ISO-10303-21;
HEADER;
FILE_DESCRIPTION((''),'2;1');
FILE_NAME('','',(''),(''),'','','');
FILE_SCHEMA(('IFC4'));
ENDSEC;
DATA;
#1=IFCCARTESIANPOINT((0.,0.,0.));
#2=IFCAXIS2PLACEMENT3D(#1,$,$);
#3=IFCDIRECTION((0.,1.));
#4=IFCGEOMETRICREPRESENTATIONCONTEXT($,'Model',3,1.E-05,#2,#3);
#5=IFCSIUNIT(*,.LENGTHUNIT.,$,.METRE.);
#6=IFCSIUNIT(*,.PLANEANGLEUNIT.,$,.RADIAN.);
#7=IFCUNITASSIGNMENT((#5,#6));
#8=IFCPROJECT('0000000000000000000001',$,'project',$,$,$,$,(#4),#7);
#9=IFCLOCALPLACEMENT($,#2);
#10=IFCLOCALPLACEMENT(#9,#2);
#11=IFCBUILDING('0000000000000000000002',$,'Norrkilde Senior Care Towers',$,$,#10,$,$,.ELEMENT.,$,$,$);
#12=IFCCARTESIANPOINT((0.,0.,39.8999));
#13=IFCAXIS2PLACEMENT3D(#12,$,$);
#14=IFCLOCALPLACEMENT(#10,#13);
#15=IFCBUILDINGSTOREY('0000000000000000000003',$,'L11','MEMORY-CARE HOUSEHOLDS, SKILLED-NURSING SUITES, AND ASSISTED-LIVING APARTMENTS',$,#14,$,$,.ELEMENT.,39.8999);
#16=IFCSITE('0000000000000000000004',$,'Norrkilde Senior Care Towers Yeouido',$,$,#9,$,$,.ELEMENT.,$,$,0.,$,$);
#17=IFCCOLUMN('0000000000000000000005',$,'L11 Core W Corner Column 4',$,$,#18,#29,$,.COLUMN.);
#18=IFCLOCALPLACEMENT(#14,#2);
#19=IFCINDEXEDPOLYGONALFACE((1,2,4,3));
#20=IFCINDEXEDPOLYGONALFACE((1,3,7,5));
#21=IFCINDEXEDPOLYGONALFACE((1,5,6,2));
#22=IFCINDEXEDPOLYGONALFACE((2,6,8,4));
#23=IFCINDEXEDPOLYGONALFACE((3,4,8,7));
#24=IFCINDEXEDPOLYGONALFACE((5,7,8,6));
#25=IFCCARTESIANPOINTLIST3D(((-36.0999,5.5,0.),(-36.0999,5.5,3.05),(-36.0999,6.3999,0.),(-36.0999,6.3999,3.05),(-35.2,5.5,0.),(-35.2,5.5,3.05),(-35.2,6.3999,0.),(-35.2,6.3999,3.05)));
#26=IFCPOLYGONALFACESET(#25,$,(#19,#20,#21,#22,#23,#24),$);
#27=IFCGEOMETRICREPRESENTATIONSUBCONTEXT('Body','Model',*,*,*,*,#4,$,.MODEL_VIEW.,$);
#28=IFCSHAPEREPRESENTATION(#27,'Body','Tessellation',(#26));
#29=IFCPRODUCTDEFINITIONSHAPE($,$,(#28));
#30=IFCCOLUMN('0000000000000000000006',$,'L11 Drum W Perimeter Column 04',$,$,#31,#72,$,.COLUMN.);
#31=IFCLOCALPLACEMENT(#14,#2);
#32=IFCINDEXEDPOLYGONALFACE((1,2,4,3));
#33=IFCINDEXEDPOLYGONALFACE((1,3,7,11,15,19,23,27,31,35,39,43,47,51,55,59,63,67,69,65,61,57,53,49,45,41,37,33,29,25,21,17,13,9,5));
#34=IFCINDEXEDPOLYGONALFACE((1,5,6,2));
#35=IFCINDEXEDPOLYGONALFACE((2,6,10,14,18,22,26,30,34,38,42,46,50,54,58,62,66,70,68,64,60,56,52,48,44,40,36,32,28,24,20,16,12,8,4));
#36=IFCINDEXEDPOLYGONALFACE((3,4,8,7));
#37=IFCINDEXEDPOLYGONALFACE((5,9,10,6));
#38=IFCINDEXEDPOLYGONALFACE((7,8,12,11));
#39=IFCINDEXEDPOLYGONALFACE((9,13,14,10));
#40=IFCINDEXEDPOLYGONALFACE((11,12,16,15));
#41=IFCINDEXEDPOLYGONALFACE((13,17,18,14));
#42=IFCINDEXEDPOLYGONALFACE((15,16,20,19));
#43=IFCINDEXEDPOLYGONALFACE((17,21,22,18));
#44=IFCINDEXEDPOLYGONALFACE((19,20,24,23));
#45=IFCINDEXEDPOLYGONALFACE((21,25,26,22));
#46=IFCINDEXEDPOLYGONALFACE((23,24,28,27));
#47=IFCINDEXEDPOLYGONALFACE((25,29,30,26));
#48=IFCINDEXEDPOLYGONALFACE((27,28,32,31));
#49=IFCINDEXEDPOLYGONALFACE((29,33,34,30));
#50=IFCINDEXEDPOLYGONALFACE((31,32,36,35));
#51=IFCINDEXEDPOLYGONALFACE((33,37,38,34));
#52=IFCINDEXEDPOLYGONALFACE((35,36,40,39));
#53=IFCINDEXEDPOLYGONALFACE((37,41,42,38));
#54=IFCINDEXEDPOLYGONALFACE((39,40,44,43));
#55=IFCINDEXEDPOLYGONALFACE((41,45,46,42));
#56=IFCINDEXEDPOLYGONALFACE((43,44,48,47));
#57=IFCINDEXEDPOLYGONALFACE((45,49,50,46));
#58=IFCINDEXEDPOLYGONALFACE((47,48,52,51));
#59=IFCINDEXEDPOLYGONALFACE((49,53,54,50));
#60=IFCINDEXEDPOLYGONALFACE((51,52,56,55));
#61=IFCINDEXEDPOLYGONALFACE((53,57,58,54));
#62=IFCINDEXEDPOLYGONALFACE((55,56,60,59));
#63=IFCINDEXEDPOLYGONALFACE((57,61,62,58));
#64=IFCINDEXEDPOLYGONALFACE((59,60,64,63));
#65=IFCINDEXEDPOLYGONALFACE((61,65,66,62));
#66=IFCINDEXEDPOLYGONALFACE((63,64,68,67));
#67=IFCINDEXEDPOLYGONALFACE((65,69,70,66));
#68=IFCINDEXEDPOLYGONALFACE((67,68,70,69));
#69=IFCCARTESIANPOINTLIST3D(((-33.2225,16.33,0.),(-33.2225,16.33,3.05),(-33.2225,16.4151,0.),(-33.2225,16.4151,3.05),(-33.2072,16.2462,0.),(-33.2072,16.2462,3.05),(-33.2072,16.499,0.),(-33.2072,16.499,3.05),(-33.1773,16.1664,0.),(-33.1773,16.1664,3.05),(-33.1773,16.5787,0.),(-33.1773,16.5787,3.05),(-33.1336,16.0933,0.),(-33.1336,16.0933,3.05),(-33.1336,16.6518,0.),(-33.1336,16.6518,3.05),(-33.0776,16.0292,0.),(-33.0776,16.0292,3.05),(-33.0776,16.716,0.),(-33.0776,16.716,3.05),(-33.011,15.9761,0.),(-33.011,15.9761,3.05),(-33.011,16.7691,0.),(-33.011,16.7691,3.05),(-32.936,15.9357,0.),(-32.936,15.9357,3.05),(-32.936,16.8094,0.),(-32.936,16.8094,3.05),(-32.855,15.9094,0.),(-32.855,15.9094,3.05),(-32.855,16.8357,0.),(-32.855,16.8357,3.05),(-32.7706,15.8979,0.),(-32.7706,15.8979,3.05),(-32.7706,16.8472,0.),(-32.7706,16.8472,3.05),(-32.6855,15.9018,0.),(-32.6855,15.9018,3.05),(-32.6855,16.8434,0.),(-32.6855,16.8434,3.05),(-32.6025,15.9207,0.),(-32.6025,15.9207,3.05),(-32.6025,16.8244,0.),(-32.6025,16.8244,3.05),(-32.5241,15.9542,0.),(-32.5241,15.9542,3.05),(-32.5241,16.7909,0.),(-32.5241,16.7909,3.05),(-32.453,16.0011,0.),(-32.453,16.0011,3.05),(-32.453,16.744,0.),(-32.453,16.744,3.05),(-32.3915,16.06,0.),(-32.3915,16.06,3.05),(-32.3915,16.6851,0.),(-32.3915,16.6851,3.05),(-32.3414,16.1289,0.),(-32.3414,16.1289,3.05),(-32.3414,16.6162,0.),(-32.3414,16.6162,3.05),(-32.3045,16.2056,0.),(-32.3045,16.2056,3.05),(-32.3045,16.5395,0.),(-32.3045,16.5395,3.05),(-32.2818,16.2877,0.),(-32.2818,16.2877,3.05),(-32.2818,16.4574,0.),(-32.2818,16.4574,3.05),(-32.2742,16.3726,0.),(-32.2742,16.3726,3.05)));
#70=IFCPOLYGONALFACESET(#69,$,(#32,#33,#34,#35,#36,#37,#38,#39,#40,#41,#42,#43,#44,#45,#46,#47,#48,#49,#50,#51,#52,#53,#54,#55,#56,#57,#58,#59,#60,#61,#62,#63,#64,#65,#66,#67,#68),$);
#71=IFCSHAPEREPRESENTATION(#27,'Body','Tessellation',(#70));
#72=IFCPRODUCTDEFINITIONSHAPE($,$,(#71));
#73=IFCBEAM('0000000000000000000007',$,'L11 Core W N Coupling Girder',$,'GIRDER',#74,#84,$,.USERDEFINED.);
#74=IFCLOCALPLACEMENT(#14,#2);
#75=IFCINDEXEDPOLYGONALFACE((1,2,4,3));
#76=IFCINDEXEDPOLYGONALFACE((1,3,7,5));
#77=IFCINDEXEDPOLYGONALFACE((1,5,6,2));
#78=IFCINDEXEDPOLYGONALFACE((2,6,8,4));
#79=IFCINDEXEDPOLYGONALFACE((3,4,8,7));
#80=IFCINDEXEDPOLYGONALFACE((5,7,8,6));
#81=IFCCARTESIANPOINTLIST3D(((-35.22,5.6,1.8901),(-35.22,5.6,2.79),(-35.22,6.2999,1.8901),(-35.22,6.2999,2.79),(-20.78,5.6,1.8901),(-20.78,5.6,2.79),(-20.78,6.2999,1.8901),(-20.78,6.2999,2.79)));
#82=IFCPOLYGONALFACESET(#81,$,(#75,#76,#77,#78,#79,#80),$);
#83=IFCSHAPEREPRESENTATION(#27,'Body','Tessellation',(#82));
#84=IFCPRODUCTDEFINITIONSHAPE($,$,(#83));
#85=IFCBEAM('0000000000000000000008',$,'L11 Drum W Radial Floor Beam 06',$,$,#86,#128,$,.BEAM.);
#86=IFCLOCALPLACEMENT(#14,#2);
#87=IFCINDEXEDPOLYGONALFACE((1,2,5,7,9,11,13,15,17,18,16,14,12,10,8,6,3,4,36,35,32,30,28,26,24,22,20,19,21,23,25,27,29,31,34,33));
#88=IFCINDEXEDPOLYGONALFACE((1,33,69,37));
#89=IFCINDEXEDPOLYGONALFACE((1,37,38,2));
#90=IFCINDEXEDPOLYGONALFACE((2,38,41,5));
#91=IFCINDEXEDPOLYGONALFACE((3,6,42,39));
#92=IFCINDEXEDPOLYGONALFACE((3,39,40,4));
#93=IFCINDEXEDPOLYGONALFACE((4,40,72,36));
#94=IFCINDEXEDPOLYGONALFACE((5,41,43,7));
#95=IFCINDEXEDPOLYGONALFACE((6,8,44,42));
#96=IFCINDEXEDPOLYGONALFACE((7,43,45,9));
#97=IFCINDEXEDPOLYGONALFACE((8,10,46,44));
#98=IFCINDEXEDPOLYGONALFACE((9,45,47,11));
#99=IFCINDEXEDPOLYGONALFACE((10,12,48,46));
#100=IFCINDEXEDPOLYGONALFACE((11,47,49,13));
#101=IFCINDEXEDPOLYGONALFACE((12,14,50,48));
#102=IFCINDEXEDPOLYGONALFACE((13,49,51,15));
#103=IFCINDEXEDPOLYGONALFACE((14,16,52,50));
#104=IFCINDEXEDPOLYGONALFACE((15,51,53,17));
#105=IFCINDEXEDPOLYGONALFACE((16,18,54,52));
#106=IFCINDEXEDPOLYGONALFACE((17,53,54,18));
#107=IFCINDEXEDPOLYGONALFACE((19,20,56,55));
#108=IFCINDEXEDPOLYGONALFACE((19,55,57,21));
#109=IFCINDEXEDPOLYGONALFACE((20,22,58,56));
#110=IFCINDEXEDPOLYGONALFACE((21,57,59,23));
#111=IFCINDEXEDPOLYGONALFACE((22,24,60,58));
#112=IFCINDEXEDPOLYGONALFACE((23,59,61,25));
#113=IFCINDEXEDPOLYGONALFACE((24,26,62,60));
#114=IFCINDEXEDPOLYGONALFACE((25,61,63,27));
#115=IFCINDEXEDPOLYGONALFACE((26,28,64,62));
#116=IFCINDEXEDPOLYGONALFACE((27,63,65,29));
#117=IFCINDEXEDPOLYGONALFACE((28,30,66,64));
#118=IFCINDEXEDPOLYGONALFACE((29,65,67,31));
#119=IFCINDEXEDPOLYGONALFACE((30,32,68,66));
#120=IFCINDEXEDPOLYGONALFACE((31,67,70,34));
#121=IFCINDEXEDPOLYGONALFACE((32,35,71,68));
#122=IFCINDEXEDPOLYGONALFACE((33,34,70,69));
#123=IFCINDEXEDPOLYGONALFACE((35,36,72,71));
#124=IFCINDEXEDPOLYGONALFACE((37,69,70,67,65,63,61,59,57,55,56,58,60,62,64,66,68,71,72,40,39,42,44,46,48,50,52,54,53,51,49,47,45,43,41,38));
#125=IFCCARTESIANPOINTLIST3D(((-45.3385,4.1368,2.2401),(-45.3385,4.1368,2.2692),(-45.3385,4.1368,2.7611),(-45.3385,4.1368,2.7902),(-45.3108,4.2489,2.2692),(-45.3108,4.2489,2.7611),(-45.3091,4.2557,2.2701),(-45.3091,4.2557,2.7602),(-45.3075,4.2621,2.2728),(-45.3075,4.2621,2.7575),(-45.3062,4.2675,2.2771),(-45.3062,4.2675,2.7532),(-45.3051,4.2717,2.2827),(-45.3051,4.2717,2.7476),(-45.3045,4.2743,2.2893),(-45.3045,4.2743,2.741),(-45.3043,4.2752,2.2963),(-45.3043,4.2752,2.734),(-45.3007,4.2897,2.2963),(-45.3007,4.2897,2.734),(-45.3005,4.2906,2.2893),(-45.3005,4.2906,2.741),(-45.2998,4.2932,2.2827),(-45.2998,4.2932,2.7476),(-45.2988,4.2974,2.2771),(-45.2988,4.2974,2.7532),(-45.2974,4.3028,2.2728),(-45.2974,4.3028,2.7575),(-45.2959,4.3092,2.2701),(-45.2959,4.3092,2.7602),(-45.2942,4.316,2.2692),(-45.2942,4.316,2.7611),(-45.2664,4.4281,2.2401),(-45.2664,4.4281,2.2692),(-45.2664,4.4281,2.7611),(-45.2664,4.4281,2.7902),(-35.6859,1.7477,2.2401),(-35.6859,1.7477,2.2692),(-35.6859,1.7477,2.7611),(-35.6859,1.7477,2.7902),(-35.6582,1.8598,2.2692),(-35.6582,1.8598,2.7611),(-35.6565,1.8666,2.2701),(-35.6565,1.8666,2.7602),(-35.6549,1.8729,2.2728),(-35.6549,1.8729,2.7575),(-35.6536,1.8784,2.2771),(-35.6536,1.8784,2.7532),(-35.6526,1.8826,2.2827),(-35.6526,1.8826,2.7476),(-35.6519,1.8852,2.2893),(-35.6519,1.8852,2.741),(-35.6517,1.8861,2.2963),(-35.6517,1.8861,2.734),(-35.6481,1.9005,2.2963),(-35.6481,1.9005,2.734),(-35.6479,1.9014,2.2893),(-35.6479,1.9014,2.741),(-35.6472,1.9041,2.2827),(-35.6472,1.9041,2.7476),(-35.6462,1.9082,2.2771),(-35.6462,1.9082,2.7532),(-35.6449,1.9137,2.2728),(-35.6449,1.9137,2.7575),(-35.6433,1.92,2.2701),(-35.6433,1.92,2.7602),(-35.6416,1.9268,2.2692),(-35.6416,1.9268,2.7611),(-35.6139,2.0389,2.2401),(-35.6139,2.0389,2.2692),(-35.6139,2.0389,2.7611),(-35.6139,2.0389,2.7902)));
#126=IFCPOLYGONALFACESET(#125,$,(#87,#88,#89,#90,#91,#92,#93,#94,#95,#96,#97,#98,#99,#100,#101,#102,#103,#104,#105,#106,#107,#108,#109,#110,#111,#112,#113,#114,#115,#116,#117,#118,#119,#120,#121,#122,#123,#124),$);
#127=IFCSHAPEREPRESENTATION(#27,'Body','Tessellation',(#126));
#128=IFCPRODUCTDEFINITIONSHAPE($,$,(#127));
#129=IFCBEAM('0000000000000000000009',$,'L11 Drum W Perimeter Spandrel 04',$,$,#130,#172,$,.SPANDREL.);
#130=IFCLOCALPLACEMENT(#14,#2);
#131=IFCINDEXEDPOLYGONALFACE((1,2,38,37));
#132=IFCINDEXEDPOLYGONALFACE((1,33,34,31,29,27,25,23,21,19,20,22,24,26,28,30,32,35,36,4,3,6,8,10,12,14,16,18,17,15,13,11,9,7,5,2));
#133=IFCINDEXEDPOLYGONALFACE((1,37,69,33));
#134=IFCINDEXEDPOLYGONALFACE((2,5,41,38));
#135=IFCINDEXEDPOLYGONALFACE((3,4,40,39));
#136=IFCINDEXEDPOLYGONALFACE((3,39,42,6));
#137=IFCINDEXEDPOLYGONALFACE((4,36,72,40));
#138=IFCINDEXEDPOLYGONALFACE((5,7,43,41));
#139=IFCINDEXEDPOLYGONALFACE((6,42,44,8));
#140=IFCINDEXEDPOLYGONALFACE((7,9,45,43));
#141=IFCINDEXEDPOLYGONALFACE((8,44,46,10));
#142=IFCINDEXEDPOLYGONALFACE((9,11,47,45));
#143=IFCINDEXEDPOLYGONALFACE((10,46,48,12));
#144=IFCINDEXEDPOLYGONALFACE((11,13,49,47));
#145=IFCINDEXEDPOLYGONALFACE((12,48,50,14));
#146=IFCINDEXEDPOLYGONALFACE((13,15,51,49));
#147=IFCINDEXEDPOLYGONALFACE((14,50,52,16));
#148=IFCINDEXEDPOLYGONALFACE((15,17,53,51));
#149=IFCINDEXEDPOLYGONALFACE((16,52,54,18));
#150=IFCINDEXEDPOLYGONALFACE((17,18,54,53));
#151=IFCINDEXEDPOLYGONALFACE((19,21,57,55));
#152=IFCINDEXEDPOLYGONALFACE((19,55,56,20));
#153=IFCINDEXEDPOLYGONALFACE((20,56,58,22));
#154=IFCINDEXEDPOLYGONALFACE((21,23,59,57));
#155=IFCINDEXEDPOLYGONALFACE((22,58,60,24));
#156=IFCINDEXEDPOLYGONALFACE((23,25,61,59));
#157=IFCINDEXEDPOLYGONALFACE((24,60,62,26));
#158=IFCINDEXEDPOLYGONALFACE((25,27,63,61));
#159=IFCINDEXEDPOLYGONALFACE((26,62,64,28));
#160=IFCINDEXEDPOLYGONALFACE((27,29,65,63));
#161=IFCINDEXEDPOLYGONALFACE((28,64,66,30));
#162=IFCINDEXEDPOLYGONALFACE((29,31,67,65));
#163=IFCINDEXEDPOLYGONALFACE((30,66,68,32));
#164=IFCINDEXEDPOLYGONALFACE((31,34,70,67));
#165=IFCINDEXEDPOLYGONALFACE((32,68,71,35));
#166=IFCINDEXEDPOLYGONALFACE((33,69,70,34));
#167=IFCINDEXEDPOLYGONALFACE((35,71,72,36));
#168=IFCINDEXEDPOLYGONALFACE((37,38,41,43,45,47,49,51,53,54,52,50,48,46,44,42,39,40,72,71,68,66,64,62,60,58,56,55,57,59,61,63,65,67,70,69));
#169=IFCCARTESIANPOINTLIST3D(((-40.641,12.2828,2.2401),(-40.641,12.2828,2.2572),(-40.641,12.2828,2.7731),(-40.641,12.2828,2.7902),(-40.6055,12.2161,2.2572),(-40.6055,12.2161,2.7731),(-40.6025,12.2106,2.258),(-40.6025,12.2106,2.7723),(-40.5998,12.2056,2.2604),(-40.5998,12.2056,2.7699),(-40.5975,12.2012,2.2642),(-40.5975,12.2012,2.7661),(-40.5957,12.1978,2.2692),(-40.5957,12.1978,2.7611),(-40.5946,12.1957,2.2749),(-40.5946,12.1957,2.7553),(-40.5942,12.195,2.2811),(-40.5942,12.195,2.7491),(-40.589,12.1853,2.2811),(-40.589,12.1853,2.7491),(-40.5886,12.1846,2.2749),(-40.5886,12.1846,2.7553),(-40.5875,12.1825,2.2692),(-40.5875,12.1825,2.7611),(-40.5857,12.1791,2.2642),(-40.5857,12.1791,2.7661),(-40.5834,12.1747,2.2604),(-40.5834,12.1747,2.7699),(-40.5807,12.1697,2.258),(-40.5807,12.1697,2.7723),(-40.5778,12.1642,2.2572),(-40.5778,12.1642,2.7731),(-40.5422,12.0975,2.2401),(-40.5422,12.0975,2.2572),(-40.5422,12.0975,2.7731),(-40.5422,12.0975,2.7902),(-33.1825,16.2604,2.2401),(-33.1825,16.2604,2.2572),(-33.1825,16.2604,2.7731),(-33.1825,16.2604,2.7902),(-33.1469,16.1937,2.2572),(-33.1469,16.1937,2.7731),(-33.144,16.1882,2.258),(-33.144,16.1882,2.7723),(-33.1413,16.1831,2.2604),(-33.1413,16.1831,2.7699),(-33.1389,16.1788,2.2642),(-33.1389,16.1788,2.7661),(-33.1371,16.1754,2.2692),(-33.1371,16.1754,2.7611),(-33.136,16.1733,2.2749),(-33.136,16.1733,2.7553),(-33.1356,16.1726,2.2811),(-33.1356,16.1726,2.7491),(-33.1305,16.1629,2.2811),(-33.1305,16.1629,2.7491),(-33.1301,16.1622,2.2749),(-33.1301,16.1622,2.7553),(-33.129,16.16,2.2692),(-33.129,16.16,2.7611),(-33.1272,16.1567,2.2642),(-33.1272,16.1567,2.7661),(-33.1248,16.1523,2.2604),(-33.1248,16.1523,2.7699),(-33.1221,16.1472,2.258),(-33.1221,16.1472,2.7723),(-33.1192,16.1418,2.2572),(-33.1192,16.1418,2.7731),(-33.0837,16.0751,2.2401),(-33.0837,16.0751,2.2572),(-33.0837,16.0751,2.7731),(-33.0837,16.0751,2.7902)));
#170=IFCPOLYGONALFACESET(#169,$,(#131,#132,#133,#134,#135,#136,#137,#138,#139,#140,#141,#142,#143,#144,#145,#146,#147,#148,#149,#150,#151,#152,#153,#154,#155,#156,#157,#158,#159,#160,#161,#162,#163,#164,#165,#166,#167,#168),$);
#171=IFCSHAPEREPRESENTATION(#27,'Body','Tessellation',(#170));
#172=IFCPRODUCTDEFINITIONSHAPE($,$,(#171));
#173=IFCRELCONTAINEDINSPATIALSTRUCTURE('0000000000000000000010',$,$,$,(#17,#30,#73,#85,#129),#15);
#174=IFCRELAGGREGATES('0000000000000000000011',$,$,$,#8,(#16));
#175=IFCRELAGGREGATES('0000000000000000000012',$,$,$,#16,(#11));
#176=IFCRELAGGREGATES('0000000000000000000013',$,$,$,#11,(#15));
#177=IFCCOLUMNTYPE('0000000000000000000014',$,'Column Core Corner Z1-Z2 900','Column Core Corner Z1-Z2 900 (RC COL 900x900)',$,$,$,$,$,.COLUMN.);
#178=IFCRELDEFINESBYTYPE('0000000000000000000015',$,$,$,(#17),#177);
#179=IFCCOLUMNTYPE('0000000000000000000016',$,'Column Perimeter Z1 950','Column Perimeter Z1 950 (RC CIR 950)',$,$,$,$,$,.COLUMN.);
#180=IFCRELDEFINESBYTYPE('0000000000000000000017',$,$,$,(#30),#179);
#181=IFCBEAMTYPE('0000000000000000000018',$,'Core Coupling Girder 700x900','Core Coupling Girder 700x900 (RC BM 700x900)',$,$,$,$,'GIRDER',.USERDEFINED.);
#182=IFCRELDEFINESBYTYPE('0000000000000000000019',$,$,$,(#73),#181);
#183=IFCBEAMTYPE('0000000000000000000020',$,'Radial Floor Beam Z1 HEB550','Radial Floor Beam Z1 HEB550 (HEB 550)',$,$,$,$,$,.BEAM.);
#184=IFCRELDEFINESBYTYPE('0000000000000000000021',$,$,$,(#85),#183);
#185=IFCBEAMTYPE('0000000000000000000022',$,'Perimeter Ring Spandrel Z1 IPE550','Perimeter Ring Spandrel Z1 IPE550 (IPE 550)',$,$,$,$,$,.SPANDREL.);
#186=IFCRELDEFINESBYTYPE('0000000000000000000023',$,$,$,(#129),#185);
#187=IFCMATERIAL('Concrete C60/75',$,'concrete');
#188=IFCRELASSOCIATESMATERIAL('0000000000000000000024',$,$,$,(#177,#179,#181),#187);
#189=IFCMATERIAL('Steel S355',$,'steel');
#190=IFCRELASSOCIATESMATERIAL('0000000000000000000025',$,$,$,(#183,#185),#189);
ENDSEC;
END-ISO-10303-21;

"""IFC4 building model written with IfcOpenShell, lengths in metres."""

from ifc_helpers import new_model, si_unit, direction, frame, origin, origin_2d, place, context, subcontext, project, spatial, rectangle, circle, i_section, extrude, source, transform, mapped, material, material_profile, profile_set, type_object, type_shapes, element, save


model = new_model("IFC4")

# Units and contexts
model_context = context("Model", 3, precision=1e-05, world=origin(), true_north=direction((0.0, 1.0)))
body_context = subcontext(model_context, "Body", "Model", "MODEL_VIEW")
ifc_project = project(units=[si_unit("LENGTHUNIT", "METRE"), si_unit("PLANEANGLEUNIT", "RADIAN")], contexts=[model_context])

# Site, building, storey
site_placement = place(None, origin())
site = spatial("IfcSite", under=ifc_project, at=site_placement, Name="Norrkilde Senior Care Towers Yeouido", CompositionType="ELEMENT", RefElevation=0.0)
building_placement = place(site_placement, origin())
building = spatial("IfcBuilding", under=site, at=building_placement, Name="Norrkilde Senior Care Towers", CompositionType="ELEMENT")
storey_placement = place(building_placement, frame((0.0, 0.0, 39.8999)))
storey = spatial("IfcBuildingStorey", under=building, at=storey_placement, Name="L11", Description="MEMORY-CARE HOUSEHOLDS, SKILLED-NURSING SUITES, AND ASSISTED-LIVING APARTMENTS", CompositionType="ELEMENT", Elevation=39.8999)

# Columns
ifc_material_1 = material(Name="Concrete C60/75", Category="concrete")
ifc_material_profile_1 = material_profile(ifc_material_1, rectangle(XDim=0.8999, YDim=0.8999, at=origin_2d()), Name="RC COL 900x900")
ifc_profile_set_1 = profile_set([ifc_material_profile_1], Name="Concrete C60/75")
column_type_1 = type_object("IfcColumnType", Name="Column Core Corner Z1-Z2 900", Description="Column Core Corner Z1-Z2 900 (RC COL 900x900)", PredefinedType="COLUMN", material=ifc_profile_set_1)
shared_shape_1 = source(origin(), body_context, "Body", "SweptSolid", [
    extrude(rectangle(XDim=0.8999, YDim=0.8999, at=origin_2d()), origin(), (0.0, 0.0, 1.0), 3.05),
])
type_shapes(column_type_1, [shared_shape_1])
column_1_placement = place(storey_placement, frame((-35.6499, 5.95, 0.0), z_axis=(0.0, 0.0, 1.0), x_axis=(1.0, 0.0, 0.0)))
element("IfcColumn", 1, at=column_1_placement, inside=storey, type_object=column_type_1, Name="L11 Core W Corner Column 4", PredefinedType="COLUMN", context=body_context, shape_type="MappedRepresentation", body=[
    mapped(shared_shape_1, transform((0.0, 0.0, 0.0), x_axis=(1.0, 0.0, 0.0), y_axis=(0.0, 1.0, 0.0), z_axis=(0.0, 0.0, 1.0), scale=1.0)),
])
ifc_material_profile_2 = material_profile(ifc_material_1, circle(Radius=0.4751, at=origin_2d()), Name="RC CIR 950")
ifc_profile_set_2 = profile_set([ifc_material_profile_2], Name="Concrete C60/75")
column_type_2 = type_object("IfcColumnType", Name="Column Perimeter Z1 950", Description="Column Perimeter Z1 950 (RC CIR 950)", PredefinedType="COLUMN", material=ifc_profile_set_2)
shared_shape_2 = source(origin(), body_context, "Body", "SweptSolid", [
    extrude(circle(Radius=0.4751, at=origin_2d()), origin(), (0.0, 0.0, 1.0), 3.05),
])
type_shapes(column_type_2, [shared_shape_2])
column_2_placement = place(storey_placement, frame((-32.7493, 16.3726, 0.0), z_axis=(0.0, 0.0, 1.0), x_axis=(1.0, 0.0, 0.0)))
element("IfcColumn", 2, at=column_2_placement, inside=storey, type_object=column_type_2, Name="L11 Drum W Perimeter Column 04", PredefinedType="COLUMN", context=body_context, shape_type="MappedRepresentation", body=[
    mapped(shared_shape_2, transform((0.0, 0.0, 0.0), x_axis=(1.0, 0.0, 0.0), y_axis=(0.0, 1.0, 0.0), z_axis=(0.0, 0.0, 1.0), scale=1.0)),
])

# Beams
ifc_material_profile_3 = material_profile(ifc_material_1, rectangle(XDim=0.7, YDim=0.8999, at=origin_2d()), Name="RC BM 700x900")
ifc_profile_set_3 = profile_set([ifc_material_profile_3], Name="Concrete C60/75")
beam_type_1 = type_object("IfcBeamType", Name="Core Coupling Girder 700x900", Description="Core Coupling Girder 700x900 (RC BM 700x900)", ElementType="GIRDER", PredefinedType="USERDEFINED", material=ifc_profile_set_3)
shared_shape_3 = source(origin(), body_context, "Body", "SweptSolid", [
    extrude(rectangle(XDim=0.7, YDim=0.8999, at=origin_2d()), origin(), (0.0, 0.0, 1.0), 14.4399),
])
type_shapes(beam_type_1, [shared_shape_3])
beam_1_placement = place(storey_placement, frame((-35.22, 5.95, 2.3401), z_axis=(1.0, 0.0, 0.0), x_axis=(0.0, 1.0, 0.0)))
element("IfcBeam", 3, at=beam_1_placement, inside=storey, type_object=beam_type_1, Name="L11 Core W N Coupling Girder", ObjectType="GIRDER", PredefinedType="USERDEFINED", context=body_context, shape_type="MappedRepresentation", body=[
    mapped(shared_shape_3, transform((0.0, 0.0, 0.0), x_axis=(1.0, 0.0, 0.0), y_axis=(0.0, 1.0, 0.0), z_axis=(0.0, 0.0, 1.0), scale=1.0)),
])
ifc_material_2 = material(Name="Steel S355", Category="steel")
ifc_material_profile_4 = material_profile(ifc_material_2, i_section(OverallWidth=0.3, OverallDepth=0.55, WebThickness=0.0149, FlangeThickness=0.0291, FilletRadius=0.0271, at=origin_2d()), Name="HEB 550")
ifc_profile_set_4 = profile_set([ifc_material_profile_4], Name="Steel S355")
beam_type_2 = type_object("IfcBeamType", Name="Radial Floor Beam Z1 HEB550", Description="Radial Floor Beam Z1 HEB550 (HEB 550)", PredefinedType="BEAM", material=ifc_profile_set_4)
shared_shape_4 = source(origin(), body_context, "Body", "SweptSolid", [
    extrude(i_section(OverallWidth=0.3, OverallDepth=0.55, WebThickness=0.0149, FlangeThickness=0.0291, FilletRadius=0.0271, at=origin_2d()), origin(), (0.0, 0.0, 1.0), 9.9438),
])
beam_2_placement = place(storey_placement, frame((-35.6499, 1.8933, 2.5151), z_axis=(-0.970707, 0.240265, 0.0), x_axis=(-0.240265, -0.970707, 0.0)))
element("IfcBeam", 4, at=beam_2_placement, inside=storey, type_object=beam_type_2, Name="L11 Drum W Radial Floor Beam 06", PredefinedType="BEAM", context=body_context, shape_type="MappedRepresentation", body=[
    mapped(shared_shape_4, transform((0.0, 0.0, 0.0), x_axis=(1.0, 0.0, 0.0), y_axis=(0.0, 1.0, 0.0), z_axis=(0.0, 0.0, 1.0), scale=1.0)),
])
ifc_material_profile_5 = material_profile(ifc_material_2, i_section(OverallWidth=0.21, OverallDepth=0.55, WebThickness=0.011, FlangeThickness=0.0171, FilletRadius=0.0239, at=origin_2d()), Name="IPE 550")
ifc_profile_set_5 = profile_set([ifc_material_profile_5], Name="Steel S355")
beam_type_3 = type_object("IfcBeamType", Name="Perimeter Ring Spandrel Z1 IPE550", Description="Perimeter Ring Spandrel Z1 IPE550 (IPE 550)", PredefinedType="SPANDREL", material=ifc_profile_set_5)
shared_shape_5 = source(origin(), body_context, "Body", "SweptSolid", [
    extrude(i_section(OverallWidth=0.21, OverallDepth=0.55, WebThickness=0.011, FlangeThickness=0.0171, FilletRadius=0.0239, at=origin_2d()), origin(), (0.0, 0.0, 1.0), 8.4529),
])
type_shapes(beam_type_3, [shared_shape_5])
beam_3_placement = place(storey_placement, frame((-33.1331, 16.1677, 2.5151), z_axis=(-0.882369, -0.470558, 0.0), x_axis=(0.470558, -0.882369, 0.0)))
element("IfcBeam", 5, at=beam_3_placement, inside=storey, type_object=beam_type_3, Name="L11 Drum W Perimeter Spandrel 04", PredefinedType="SPANDREL", context=body_context, shape_type="MappedRepresentation", body=[
    mapped(shared_shape_5, transform((0.0, 0.0, 0.0), x_axis=(1.0, 0.0, 0.0), y_axis=(0.0, 1.0, 0.0), z_axis=(0.0, 0.0, 1.0), scale=1.0)),
])

save(model, "model.ifc")
